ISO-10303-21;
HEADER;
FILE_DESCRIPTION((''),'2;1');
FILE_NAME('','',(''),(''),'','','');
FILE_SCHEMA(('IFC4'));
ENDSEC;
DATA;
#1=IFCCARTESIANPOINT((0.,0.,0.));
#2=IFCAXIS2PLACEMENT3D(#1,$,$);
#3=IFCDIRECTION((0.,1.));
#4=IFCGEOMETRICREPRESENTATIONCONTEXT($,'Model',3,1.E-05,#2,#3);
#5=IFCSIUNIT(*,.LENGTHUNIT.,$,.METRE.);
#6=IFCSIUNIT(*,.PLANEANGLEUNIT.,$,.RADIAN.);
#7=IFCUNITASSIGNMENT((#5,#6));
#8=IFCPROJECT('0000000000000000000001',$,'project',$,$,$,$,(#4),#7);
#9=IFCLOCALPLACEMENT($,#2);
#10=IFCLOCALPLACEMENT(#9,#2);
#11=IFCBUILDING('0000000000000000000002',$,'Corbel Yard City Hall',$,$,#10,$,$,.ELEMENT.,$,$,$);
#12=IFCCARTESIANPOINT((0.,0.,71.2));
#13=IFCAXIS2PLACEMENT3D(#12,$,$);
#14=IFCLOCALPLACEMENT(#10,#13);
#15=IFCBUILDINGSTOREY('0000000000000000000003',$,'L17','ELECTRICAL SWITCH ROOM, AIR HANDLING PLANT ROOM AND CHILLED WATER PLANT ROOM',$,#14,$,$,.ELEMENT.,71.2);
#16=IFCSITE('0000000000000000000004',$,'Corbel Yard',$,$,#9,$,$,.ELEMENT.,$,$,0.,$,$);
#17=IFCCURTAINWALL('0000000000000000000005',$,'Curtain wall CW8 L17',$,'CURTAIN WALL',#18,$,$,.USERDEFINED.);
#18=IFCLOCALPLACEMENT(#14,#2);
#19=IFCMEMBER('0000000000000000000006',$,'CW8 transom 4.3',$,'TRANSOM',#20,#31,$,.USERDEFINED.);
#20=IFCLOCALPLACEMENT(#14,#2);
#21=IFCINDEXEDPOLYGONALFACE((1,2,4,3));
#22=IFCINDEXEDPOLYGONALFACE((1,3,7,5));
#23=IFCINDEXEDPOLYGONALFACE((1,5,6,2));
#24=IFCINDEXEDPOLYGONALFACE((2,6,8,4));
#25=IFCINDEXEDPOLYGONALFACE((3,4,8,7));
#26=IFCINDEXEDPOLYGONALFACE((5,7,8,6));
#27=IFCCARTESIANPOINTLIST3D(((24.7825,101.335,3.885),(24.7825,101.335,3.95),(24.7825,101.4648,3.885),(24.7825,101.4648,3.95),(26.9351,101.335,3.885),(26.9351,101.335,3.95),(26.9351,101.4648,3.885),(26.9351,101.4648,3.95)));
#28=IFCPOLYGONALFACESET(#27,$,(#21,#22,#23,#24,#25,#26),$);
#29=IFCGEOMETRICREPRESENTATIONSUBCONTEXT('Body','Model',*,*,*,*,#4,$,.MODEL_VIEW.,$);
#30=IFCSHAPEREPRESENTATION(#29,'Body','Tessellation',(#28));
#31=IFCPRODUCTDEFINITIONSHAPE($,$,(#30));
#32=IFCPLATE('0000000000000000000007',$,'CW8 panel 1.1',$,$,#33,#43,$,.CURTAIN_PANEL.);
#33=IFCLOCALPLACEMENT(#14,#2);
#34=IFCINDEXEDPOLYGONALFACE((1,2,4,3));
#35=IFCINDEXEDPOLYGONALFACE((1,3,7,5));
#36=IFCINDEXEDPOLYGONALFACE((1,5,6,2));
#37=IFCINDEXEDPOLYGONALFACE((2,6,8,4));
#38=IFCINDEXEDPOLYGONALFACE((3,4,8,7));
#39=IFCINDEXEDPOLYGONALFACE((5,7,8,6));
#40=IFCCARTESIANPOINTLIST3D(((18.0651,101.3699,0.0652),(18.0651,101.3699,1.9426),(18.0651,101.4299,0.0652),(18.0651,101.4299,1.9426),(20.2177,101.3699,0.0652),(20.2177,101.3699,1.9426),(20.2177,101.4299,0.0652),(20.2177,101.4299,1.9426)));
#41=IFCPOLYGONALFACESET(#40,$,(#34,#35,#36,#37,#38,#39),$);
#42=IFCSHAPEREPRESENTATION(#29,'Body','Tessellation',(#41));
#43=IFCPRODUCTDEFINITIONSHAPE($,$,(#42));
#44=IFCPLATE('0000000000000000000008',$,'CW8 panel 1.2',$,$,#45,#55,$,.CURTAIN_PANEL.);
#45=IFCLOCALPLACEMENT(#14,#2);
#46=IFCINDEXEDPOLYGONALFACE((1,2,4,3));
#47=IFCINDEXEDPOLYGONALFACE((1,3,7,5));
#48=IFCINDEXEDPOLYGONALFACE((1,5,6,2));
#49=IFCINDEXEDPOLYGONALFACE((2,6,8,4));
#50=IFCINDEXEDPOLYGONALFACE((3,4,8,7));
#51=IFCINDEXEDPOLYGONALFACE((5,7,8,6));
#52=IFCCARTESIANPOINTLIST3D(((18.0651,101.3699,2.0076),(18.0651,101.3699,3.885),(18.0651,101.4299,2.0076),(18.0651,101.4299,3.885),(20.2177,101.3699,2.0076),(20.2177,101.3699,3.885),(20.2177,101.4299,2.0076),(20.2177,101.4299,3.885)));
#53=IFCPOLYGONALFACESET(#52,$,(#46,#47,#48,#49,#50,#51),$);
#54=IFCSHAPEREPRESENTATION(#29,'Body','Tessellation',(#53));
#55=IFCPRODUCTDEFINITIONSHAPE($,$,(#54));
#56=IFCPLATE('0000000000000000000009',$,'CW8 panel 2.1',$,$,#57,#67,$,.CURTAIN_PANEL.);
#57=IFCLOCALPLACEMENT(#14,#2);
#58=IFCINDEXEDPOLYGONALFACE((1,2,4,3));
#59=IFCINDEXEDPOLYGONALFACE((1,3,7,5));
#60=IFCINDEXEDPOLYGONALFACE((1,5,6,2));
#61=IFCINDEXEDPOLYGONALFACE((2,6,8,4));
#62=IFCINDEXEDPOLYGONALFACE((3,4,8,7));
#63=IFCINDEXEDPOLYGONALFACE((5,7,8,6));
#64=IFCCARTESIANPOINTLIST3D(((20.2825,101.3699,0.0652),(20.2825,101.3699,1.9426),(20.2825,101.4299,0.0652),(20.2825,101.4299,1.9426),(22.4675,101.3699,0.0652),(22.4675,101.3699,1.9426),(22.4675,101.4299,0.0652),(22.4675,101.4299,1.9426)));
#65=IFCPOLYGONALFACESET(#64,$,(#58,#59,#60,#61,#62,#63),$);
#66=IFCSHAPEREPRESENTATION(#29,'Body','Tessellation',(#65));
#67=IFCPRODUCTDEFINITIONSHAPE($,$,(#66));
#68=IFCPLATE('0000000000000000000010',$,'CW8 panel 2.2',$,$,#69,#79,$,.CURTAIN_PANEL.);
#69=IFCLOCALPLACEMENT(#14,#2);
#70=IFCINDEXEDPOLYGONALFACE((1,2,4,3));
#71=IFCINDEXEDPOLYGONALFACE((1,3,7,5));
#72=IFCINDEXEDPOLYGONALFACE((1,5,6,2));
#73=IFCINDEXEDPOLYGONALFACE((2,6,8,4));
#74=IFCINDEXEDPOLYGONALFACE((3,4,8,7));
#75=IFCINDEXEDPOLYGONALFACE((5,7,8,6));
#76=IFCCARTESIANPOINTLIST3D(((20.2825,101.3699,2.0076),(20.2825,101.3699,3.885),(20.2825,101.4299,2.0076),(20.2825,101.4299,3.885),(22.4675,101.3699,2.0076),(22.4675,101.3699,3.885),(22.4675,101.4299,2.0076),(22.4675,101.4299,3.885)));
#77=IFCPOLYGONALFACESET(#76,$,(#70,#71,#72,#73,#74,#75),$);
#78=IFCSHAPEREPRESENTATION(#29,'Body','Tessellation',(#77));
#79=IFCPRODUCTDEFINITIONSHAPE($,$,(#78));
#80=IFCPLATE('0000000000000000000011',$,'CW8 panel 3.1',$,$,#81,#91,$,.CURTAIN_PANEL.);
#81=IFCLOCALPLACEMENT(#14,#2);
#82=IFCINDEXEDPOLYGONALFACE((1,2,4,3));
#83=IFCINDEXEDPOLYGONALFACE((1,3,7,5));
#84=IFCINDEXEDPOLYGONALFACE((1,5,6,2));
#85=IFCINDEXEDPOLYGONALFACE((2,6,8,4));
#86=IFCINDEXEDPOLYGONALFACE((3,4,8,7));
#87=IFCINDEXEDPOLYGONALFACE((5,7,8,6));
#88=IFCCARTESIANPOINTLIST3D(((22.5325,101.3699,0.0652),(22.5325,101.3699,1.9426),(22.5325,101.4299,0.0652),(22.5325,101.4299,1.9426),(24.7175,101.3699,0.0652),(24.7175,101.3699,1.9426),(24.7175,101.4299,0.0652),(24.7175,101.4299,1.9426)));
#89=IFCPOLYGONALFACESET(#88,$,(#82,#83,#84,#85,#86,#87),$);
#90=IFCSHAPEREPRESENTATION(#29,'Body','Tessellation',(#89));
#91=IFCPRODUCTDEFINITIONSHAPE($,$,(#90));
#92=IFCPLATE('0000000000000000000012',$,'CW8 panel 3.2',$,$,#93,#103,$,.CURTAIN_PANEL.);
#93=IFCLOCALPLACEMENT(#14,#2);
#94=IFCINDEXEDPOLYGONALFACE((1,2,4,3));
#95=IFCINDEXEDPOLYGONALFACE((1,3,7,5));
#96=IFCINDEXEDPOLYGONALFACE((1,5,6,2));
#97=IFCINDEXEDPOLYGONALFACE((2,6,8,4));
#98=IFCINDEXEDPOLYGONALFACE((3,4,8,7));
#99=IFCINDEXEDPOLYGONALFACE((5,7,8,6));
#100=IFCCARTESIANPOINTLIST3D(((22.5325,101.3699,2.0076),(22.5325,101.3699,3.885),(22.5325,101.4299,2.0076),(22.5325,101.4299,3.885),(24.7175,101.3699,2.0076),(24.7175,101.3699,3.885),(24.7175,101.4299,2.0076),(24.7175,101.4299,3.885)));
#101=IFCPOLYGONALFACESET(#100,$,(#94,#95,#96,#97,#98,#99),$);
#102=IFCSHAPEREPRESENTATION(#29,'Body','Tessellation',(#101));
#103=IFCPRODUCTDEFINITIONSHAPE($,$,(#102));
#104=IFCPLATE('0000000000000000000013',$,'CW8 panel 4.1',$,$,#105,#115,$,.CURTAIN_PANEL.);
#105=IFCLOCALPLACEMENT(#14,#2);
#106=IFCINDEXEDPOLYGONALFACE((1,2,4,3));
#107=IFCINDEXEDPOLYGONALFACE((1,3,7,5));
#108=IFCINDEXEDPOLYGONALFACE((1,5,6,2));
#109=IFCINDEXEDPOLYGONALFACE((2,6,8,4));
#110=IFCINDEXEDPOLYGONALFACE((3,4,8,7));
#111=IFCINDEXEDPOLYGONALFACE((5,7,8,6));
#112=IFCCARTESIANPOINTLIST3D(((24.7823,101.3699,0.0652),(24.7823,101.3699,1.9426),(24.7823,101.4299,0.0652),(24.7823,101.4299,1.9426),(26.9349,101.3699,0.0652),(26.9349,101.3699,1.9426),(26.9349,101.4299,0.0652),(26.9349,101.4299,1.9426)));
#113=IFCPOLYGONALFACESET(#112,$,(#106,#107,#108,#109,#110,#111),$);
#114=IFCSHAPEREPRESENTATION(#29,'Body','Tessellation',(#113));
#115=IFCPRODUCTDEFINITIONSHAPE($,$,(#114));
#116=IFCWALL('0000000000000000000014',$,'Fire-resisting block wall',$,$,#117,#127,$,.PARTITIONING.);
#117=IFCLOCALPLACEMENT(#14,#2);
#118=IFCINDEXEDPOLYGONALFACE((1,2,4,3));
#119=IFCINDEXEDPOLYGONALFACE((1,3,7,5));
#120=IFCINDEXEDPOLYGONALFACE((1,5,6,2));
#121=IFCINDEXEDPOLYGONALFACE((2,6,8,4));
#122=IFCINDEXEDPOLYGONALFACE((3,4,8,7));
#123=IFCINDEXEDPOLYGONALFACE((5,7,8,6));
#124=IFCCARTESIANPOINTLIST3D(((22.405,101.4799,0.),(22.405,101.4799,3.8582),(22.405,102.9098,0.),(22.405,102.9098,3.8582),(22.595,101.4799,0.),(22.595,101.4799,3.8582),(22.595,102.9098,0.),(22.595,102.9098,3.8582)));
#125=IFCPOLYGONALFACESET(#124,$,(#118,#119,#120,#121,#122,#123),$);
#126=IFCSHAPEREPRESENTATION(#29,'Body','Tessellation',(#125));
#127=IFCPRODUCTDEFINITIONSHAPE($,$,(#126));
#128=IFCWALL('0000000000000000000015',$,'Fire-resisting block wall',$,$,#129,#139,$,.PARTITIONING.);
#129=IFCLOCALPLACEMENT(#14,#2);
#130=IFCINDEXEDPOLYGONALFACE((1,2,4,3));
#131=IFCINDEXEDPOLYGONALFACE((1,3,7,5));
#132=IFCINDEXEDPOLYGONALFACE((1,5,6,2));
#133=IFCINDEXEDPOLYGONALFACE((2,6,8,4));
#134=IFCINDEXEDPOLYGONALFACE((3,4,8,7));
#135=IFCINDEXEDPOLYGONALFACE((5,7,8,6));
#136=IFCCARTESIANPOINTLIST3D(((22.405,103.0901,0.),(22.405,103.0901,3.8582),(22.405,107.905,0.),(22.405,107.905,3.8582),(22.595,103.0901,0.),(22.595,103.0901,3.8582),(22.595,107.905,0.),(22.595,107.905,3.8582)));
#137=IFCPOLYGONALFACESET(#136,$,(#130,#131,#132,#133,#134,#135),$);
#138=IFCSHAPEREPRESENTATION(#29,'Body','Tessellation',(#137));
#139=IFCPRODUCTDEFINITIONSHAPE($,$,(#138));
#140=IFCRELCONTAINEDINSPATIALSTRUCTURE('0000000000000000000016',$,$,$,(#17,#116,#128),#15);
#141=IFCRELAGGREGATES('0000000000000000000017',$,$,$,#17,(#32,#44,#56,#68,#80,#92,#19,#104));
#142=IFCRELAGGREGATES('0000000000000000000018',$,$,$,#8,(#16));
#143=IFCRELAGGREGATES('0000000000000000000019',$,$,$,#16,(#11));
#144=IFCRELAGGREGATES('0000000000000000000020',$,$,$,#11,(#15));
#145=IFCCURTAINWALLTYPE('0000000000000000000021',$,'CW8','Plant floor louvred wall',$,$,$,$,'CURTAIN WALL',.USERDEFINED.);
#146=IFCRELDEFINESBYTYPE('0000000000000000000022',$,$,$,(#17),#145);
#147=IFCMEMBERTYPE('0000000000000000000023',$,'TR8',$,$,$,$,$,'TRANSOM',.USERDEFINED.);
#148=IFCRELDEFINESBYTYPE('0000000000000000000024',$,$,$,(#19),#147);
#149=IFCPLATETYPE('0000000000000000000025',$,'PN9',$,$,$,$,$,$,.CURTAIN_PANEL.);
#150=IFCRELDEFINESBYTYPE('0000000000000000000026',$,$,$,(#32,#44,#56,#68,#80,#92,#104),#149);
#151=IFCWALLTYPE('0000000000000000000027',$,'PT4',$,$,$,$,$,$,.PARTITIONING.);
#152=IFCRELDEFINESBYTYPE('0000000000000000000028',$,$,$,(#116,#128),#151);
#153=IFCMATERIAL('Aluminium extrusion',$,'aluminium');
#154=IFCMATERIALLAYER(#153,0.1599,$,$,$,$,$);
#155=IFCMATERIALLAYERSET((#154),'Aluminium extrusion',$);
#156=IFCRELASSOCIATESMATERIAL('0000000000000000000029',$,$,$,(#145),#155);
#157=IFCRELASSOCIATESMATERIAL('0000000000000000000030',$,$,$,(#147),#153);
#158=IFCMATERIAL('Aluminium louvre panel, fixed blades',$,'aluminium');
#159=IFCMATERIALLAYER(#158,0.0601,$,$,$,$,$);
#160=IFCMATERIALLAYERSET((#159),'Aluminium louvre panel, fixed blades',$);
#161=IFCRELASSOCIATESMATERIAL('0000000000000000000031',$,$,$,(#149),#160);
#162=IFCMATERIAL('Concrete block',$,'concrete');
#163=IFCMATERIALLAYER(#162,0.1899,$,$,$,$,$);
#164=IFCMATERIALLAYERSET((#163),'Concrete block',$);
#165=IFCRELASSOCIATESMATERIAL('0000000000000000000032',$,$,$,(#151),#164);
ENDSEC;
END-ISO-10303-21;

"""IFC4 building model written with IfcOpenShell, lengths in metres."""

from ifc_helpers import new_model, si_unit, direction, frame, frame_2d, origin, origin_2d, place, context, subcontext, project, spatial, rectangle, extrude, material, layer, layer_set, material_profile, profile_set, type_object, element, aggregate, save


model = new_model("IFC4")

# Units and contexts
model_context = context("Model", 3, precision=1e-05, world=origin(), true_north=direction((0.0, 1.0)))
body_context = subcontext(model_context, "Body", "Model", "MODEL_VIEW")
ifc_project = project(units=[si_unit("LENGTHUNIT", "METRE"), si_unit("PLANEANGLEUNIT", "RADIAN")], contexts=[model_context])

# Site, building, storey
site_placement = place(None, origin())
site = spatial("IfcSite", under=ifc_project, at=site_placement, Name="Corbel Yard", CompositionType="ELEMENT", RefElevation=0.0)
building_placement = place(site_placement, origin())
building = spatial("IfcBuilding", under=site, at=building_placement, Name="Corbel Yard City Hall", CompositionType="ELEMENT")
storey_placement = place(building_placement, frame((0.0, 0.0, 71.2)))
storey = spatial("IfcBuildingStorey", under=building, at=storey_placement, Name="L17", Description="ELECTRICAL SWITCH ROOM, AIR HANDLING PLANT ROOM AND CHILLED WATER PLANT ROOM", CompositionType="ELEMENT", Elevation=71.2)

# Curtain wall, member, plates
ifc_material_1 = material(Name="Aluminium extrusion", Category="aluminium")
ifc_layer_1 = layer(ifc_material_1, 0.1599)
ifc_layer_set_1 = layer_set([ifc_layer_1], Name="Aluminium extrusion")
curtain_wall_type = type_object("IfcCurtainWallType", Name="CW8", Description="Plant floor louvred wall", ElementType="CURTAIN WALL", PredefinedType="USERDEFINED", material=ifc_layer_set_1)
curtain_wall_placement = place(storey_placement, origin())
curtain_wall = element("IfcCurtainWall", 1, at=curtain_wall_placement, inside=storey, type_object=curtain_wall_type, Name="Curtain wall CW8 L17", ObjectType="CURTAIN WALL", PredefinedType="USERDEFINED")
ifc_material_profile_1 = material_profile(ifc_material_1, rectangle(XDim=0.1299, YDim=0.0649, at=origin_2d()), Name="130x65")
ifc_profile_set_1 = profile_set([ifc_material_profile_1], Name="Aluminium extrusion")
member_type_1 = type_object("IfcMemberType", Name="TR8", ElementType="TRANSOM", PredefinedType="USERDEFINED", material=ifc_profile_set_1)
member_1_placement = place(storey_placement, frame((24.7825, 101.3999, 3.9175), z_axis=(1.0, 0.0, 0.0), x_axis=(0.0, 1.0, 0.0)))
member_1 = element("IfcMember", 2, at=member_1_placement, type_object=member_type_1, Name="CW8 transom 4.3", ObjectType="TRANSOM", PredefinedType="USERDEFINED", context=body_context, shape_type="SweptSolid", body=[
    extrude(rectangle(XDim=0.1299, YDim=0.0649, at=origin_2d()), origin(), (0.0, 0.0, 1.0), 2.1526),
])
ifc_material_2 = material(Name="Aluminium louvre panel, fixed blades", Category="aluminium")
ifc_layer_2 = layer(ifc_material_2, 0.0601)
ifc_layer_set_2 = layer_set([ifc_layer_2], Name="Aluminium louvre panel, fixed blades")
plate_type = type_object("IfcPlateType", Name="PN9", PredefinedType="CURTAIN_PANEL", material=ifc_layer_set_2)
plate_1_placement = place(storey_placement, frame((19.1414, 101.3999, 0.0652), z_axis=(0.0, 0.0, 1.0), x_axis=(1.0, 0.0, 0.0)))
plate_1 = element("IfcPlate", 3, at=plate_1_placement, type_object=plate_type, Name="CW8 panel 1.1", PredefinedType="CURTAIN_PANEL", context=body_context, shape_type="SweptSolid", body=[
    extrude(rectangle(XDim=2.1526, YDim=0.0601, at=origin_2d()), origin(), (0.0, 0.0, 1.0), 1.8774),
])
plate_2_placement = place(storey_placement, frame((19.1414, 101.3999, 2.0076), z_axis=(0.0, 0.0, 1.0), x_axis=(1.0, 0.0, 0.0)))
plate_2 = element("IfcPlate", 4, at=plate_2_placement, type_object=plate_type, Name="CW8 panel 1.2", PredefinedType="CURTAIN_PANEL", context=body_context, shape_type="SweptSolid", body=[
    extrude(rectangle(XDim=2.1526, YDim=0.0601, at=origin_2d()), origin(), (0.0, 0.0, 1.0), 1.8774),
])
plate_3_placement = place(storey_placement, frame((21.375, 101.3999, 0.0652), z_axis=(0.0, 0.0, 1.0), x_axis=(1.0, 0.0, 0.0)))
plate_3 = element("IfcPlate", 5, at=plate_3_placement, type_object=plate_type, Name="CW8 panel 2.1", PredefinedType="CURTAIN_PANEL", context=body_context, shape_type="SweptSolid", body=[
    extrude(rectangle(XDim=2.1851, YDim=0.0601, at=origin_2d()), origin(), (0.0, 0.0, 1.0), 1.8774),
])
plate_4_placement = place(storey_placement, frame((21.375, 101.3999, 2.0076), z_axis=(0.0, 0.0, 1.0), x_axis=(1.0, 0.0, 0.0)))
plate_4 = element("IfcPlate", 6, at=plate_4_placement, type_object=plate_type, Name="CW8 panel 2.2", PredefinedType="CURTAIN_PANEL", context=body_context, shape_type="SweptSolid", body=[
    extrude(rectangle(XDim=2.1851, YDim=0.0601, at=origin_2d()), origin(), (0.0, 0.0, 1.0), 1.8774),
])
plate_5_placement = place(storey_placement, frame((23.625, 101.3999, 0.0652), z_axis=(0.0, 0.0, 1.0), x_axis=(1.0, 0.0, 0.0)))
plate_5 = element("IfcPlate", 7, at=plate_5_placement, type_object=plate_type, Name="CW8 panel 3.1", PredefinedType="CURTAIN_PANEL", context=body_context, shape_type="SweptSolid", body=[
    extrude(rectangle(XDim=2.1851, YDim=0.0601, at=origin_2d()), origin(), (0.0, 0.0, 1.0), 1.8774),
])
plate_6_placement = place(storey_placement, frame((23.625, 101.3999, 2.0076), z_axis=(0.0, 0.0, 1.0), x_axis=(1.0, 0.0, 0.0)))
plate_6 = element("IfcPlate", 8, at=plate_6_placement, type_object=plate_type, Name="CW8 panel 3.2", PredefinedType="CURTAIN_PANEL", context=body_context, shape_type="SweptSolid", body=[
    extrude(rectangle(XDim=2.1851, YDim=0.0601, at=origin_2d()), origin(), (0.0, 0.0, 1.0), 1.8774),
])
plate_7_placement = place(storey_placement, frame((25.8586, 101.3999, 0.0652), z_axis=(0.0, 0.0, 1.0), x_axis=(1.0, 0.0, 0.0)))
plate_7 = element("IfcPlate", 9, at=plate_7_placement, type_object=plate_type, Name="CW8 panel 4.1", PredefinedType="CURTAIN_PANEL", context=body_context, shape_type="SweptSolid", body=[
    extrude(rectangle(XDim=2.1526, YDim=0.0601, at=origin_2d()), origin(), (0.0, 0.0, 1.0), 1.8774),
])
aggregate(curtain_wall, [plate_1, plate_2, plate_3, plate_4, plate_5, plate_6, member_1, plate_7])

# Walls
ifc_material_3 = material(Name="Concrete block", Category="concrete")
ifc_layer_3 = layer(ifc_material_3, 0.1899)
ifc_layer_set_3 = layer_set([ifc_layer_3], Name="Concrete block")
wall_type = type_object("IfcWallType", Name="PT4", PredefinedType="PARTITIONING", material=ifc_layer_set_3)
wall_1_placement = place(storey_placement, frame((22.5, 101.48, 0.0), z_axis=(0.0, 0.0, 1.0), x_axis=(0.0, 1.0, 0.0)))
element("IfcWall", 10, at=wall_1_placement, inside=storey, type_object=wall_type, Name="Fire-resisting block wall", PredefinedType="PARTITIONING", context=body_context, shape_type="SweptSolid", body=[
    extrude(rectangle(XDim=1.4299, YDim=0.1899, at=frame_2d((0.7148, 0.0))), origin(), (0.0, 0.0, 1.0), 3.8582),
])
wall_2_placement = place(storey_placement, frame((22.5, 103.0901, 0.0), z_axis=(0.0, 0.0, 1.0), x_axis=(0.0, 1.0, 0.0)))
element("IfcWall", 11, at=wall_2_placement, inside=storey, type_object=wall_type, Name="Fire-resisting block wall", PredefinedType="PARTITIONING", context=body_context, shape_type="SweptSolid", body=[
    extrude(rectangle(XDim=4.8149, YDim=0.1899, at=frame_2d((2.4075, 0.0))), origin(), (0.0, 0.0, 1.0), 3.8582),
])

save(model, "model.ifc")
